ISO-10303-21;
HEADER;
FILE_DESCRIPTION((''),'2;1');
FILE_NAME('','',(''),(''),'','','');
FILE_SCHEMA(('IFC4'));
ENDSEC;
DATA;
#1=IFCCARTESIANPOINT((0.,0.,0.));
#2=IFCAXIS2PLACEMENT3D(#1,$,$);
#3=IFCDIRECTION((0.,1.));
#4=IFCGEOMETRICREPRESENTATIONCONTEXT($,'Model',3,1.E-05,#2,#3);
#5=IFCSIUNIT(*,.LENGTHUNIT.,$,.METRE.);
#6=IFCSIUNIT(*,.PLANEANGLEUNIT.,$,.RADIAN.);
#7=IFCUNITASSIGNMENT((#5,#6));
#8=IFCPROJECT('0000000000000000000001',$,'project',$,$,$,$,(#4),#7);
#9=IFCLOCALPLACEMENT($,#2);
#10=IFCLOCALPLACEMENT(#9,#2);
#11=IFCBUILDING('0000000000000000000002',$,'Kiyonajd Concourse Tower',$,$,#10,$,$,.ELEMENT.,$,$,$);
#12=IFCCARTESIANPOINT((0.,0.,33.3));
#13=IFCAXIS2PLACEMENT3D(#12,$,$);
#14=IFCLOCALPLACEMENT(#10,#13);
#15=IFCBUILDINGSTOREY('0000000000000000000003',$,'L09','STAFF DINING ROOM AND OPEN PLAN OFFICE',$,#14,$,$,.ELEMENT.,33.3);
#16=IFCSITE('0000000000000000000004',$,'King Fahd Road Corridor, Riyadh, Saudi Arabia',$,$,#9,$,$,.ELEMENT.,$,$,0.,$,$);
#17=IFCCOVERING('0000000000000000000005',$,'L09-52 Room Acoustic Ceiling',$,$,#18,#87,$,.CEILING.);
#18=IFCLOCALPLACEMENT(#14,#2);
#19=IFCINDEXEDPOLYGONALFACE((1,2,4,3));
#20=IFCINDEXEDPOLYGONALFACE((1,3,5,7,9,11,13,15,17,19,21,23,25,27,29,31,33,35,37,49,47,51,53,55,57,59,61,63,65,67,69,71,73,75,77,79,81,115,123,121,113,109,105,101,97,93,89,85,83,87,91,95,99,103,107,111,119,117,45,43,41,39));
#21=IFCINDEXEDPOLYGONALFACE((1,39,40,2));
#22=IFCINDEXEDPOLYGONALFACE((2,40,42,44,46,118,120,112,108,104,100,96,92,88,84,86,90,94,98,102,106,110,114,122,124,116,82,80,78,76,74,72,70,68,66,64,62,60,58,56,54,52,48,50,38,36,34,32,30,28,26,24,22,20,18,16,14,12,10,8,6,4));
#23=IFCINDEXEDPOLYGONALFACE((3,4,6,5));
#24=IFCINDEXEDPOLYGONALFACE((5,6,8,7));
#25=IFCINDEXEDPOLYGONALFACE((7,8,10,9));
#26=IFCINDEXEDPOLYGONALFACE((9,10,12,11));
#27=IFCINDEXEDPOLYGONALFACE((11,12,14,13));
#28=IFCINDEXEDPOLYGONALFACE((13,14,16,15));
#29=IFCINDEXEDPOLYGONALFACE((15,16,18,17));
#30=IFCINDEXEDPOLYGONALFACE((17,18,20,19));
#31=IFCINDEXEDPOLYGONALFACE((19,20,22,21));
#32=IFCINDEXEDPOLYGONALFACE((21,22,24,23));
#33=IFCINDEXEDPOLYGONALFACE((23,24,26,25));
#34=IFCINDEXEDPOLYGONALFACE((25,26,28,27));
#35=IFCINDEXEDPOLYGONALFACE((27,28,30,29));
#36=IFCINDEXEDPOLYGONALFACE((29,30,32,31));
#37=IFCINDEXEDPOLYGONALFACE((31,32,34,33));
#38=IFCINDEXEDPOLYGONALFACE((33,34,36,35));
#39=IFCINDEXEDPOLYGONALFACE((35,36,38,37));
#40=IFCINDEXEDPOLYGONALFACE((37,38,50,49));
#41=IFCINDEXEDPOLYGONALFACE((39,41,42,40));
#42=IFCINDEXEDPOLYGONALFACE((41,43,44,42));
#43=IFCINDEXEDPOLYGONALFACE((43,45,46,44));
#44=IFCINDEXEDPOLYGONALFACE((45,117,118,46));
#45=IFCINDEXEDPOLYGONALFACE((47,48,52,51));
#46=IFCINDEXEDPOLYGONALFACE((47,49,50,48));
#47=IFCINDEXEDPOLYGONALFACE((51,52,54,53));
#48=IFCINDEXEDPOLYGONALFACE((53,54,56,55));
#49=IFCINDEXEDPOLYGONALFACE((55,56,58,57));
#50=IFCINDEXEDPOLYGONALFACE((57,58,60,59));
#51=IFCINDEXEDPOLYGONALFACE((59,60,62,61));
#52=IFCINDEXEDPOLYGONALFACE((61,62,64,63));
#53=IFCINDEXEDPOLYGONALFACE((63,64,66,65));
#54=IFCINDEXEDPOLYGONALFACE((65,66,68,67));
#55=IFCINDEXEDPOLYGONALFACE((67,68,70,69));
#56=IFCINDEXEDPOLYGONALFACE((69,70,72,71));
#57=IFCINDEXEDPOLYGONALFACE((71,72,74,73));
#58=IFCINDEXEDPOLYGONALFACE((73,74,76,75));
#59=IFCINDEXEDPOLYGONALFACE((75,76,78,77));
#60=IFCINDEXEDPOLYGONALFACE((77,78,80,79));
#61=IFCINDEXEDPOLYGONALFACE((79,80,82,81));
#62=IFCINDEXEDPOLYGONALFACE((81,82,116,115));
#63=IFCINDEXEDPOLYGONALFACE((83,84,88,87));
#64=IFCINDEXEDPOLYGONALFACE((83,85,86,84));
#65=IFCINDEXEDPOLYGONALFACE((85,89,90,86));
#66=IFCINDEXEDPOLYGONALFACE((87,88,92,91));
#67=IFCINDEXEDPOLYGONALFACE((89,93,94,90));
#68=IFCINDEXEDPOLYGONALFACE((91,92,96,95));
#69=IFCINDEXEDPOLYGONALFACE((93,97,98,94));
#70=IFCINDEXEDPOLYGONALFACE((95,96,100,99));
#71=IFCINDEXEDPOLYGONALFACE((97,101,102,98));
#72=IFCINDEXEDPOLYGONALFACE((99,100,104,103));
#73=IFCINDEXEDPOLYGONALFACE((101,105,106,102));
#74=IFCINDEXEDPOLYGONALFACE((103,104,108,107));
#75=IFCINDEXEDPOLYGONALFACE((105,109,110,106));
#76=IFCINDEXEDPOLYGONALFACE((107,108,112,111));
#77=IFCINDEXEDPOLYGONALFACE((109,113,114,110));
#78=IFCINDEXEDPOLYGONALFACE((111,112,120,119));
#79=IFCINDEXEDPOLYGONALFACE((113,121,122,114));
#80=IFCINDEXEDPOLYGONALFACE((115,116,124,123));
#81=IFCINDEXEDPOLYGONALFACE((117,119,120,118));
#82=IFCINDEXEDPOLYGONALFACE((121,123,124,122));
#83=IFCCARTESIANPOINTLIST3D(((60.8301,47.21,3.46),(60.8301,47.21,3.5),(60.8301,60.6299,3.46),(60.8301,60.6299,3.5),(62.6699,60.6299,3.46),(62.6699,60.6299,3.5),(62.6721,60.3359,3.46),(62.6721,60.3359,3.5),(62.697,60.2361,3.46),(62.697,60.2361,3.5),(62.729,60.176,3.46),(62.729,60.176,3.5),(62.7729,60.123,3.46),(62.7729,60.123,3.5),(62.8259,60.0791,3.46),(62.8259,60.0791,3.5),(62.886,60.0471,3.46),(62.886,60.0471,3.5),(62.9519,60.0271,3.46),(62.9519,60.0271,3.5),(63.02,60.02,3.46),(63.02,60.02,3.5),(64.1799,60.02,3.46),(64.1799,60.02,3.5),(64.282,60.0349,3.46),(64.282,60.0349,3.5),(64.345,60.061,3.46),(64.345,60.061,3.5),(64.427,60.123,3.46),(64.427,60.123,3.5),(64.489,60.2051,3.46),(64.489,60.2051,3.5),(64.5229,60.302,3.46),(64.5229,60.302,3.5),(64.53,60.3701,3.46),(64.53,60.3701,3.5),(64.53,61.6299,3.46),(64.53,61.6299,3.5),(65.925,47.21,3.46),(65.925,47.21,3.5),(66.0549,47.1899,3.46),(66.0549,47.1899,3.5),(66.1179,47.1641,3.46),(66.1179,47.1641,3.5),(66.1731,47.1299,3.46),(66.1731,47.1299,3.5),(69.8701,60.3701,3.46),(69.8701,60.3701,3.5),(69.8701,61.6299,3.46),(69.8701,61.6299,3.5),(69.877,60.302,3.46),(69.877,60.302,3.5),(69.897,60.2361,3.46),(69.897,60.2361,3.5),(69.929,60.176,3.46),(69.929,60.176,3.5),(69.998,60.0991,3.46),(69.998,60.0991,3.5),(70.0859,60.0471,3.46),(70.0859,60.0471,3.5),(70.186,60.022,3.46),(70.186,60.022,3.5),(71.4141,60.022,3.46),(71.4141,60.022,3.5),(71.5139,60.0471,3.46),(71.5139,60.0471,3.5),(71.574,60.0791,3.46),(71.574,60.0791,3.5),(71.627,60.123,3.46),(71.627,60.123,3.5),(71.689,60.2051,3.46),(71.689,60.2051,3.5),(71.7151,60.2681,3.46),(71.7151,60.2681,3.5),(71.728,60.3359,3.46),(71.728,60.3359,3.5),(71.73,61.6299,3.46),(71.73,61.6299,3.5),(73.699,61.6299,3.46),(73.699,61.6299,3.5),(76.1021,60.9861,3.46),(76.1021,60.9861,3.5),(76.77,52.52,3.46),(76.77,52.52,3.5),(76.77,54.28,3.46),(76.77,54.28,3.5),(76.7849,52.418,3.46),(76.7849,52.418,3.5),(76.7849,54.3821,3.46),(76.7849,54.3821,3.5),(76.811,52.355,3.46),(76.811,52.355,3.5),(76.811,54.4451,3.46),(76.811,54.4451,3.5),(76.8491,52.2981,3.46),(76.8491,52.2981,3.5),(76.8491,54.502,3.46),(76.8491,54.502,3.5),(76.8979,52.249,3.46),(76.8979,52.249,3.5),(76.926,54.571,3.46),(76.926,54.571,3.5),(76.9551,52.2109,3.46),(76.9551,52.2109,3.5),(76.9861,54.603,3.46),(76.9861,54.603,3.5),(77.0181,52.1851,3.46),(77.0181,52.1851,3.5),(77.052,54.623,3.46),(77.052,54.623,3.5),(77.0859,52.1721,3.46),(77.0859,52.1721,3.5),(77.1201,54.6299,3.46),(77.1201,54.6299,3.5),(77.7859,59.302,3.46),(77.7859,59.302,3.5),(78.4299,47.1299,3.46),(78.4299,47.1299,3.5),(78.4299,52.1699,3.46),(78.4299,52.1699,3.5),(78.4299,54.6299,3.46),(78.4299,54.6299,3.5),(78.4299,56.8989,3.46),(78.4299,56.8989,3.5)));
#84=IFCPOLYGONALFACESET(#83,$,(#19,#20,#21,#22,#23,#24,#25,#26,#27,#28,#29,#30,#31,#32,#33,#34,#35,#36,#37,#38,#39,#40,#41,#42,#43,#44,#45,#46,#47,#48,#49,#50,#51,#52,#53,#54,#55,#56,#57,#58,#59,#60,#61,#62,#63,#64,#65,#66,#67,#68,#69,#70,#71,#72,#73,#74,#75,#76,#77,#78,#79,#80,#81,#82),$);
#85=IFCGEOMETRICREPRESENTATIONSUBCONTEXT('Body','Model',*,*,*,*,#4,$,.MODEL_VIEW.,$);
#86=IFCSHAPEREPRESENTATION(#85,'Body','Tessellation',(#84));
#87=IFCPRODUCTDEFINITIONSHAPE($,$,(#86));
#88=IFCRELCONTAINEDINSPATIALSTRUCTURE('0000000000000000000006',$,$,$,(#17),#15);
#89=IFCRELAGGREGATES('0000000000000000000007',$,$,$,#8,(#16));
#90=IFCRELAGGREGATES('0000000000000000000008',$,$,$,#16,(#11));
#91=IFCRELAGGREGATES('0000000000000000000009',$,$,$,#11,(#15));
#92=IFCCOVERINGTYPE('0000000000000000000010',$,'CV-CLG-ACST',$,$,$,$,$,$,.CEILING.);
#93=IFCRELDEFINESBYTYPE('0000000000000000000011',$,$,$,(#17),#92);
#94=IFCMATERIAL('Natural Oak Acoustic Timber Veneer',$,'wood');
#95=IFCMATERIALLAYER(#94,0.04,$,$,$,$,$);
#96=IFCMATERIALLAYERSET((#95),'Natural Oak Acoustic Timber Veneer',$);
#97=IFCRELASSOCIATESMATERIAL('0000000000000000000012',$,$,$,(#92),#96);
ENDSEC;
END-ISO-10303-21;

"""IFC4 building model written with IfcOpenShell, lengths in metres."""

from ifc_helpers import new_model, si_unit, direction, frame, origin, place, context, subcontext, project, spatial, polyline, outline, extrude, material, layer, layer_set, type_object, element, save


model = new_model("IFC4")

# Units and contexts
model_context = context("Model", 3, precision=1e-05, world=origin(), true_north=direction((0.0, 1.0)))
body_context = subcontext(model_context, "Body", "Model", "MODEL_VIEW")
ifc_project = project(units=[si_unit("LENGTHUNIT", "METRE"), si_unit("PLANEANGLEUNIT", "RADIAN")], contexts=[model_context])

# Site, building, storey
site_placement = place(None, origin())
site = spatial("IfcSite", under=ifc_project, at=site_placement, Name="King Fahd Road Corridor, Riyadh, Saudi Arabia", CompositionType="ELEMENT", RefElevation=0.0)
building_placement = place(site_placement, origin())
building = spatial("IfcBuilding", under=site, at=building_placement, Name="Kiyonajd Concourse Tower", CompositionType="ELEMENT")
storey_placement = place(building_placement, frame((0.0, 0.0, 33.3)))
storey = spatial("IfcBuildingStorey", under=building, at=storey_placement, Name="L09", Description="STAFF DINING ROOM AND OPEN PLAN OFFICE", CompositionType="ELEMENT", Elevation=33.3)

# Shared definitions
ifc_material_1 = material(Name="Natural Oak Acoustic Timber Veneer", Category="wood")

# Covering
ifc_layer_1 = layer(ifc_material_1, 0.04)
ifc_layer_set_1 = layer_set([ifc_layer_1], Name="Natural Oak Acoustic Timber Veneer")
covering_type = type_object("IfcCoveringType", Name="CV-CLG-ACST", PredefinedType="CEILING", material=ifc_layer_set_1)
covering_1_placement = place(storey_placement, frame((0.0, 0.0, 3.46)))
element("IfcCovering", 1, at=covering_1_placement, inside=storey, type_object=covering_type, Name="L09-52 Room Acoustic Ceiling", PredefinedType="CEILING", context=body_context, shape_type="SweptSolid", body=[
    extrude(outline(polyline([(66.1731, 47.1299), (66.1179, 47.1641), (66.0549, 47.1899), (65.925, 47.21), (60.8301, 47.21), (60.8301, 60.6299), (62.6699, 60.6299), (62.6721, 60.3359), (62.697, 60.2361), (62.729, 60.176), (62.7729, 60.123), (62.8259, 60.0791), (62.886, 60.0471), (62.9519, 60.0271), (63.02, 60.02), (64.1799, 60.02), (64.282, 60.0349), (64.345, 60.061), (64.427, 60.123), (64.489, 60.2051), (64.5229, 60.302), (64.53, 60.3701), (64.53, 61.6299), (69.8701, 61.6299), (69.8701, 60.3701), (69.877, 60.302), (69.897, 60.2361), (69.929, 60.176), (69.998, 60.0991), (70.0859, 60.0471), (70.186, 60.022), (71.4141, 60.022), (71.5139, 60.0471), (71.574, 60.0791), (71.627, 60.123), (71.689, 60.2051), (71.7151, 60.2681), (71.728, 60.3359), (71.73, 61.6299), (73.699, 61.6299), (76.1021, 60.9861), (77.7859, 59.302), (78.4299, 56.8989), (78.4299, 54.6299), (77.1201, 54.6299), (77.052, 54.623), (76.9861, 54.603), (76.926, 54.571), (76.8491, 54.502), (76.811, 54.4451), (76.7849, 54.3821), (76.77, 54.28), (76.77, 52.52), (76.7849, 52.418), (76.811, 52.355), (76.8491, 52.2981), (76.8979, 52.249), (76.9551, 52.2109), (77.0181, 52.1851), (77.0859, 52.1721), (78.4299, 52.1699), (78.4299, 47.1299), (66.1731, 47.1299)])), origin(), (0.0, 0.0, 1.0), 0.04),
])

save(model, "model.ifc")
